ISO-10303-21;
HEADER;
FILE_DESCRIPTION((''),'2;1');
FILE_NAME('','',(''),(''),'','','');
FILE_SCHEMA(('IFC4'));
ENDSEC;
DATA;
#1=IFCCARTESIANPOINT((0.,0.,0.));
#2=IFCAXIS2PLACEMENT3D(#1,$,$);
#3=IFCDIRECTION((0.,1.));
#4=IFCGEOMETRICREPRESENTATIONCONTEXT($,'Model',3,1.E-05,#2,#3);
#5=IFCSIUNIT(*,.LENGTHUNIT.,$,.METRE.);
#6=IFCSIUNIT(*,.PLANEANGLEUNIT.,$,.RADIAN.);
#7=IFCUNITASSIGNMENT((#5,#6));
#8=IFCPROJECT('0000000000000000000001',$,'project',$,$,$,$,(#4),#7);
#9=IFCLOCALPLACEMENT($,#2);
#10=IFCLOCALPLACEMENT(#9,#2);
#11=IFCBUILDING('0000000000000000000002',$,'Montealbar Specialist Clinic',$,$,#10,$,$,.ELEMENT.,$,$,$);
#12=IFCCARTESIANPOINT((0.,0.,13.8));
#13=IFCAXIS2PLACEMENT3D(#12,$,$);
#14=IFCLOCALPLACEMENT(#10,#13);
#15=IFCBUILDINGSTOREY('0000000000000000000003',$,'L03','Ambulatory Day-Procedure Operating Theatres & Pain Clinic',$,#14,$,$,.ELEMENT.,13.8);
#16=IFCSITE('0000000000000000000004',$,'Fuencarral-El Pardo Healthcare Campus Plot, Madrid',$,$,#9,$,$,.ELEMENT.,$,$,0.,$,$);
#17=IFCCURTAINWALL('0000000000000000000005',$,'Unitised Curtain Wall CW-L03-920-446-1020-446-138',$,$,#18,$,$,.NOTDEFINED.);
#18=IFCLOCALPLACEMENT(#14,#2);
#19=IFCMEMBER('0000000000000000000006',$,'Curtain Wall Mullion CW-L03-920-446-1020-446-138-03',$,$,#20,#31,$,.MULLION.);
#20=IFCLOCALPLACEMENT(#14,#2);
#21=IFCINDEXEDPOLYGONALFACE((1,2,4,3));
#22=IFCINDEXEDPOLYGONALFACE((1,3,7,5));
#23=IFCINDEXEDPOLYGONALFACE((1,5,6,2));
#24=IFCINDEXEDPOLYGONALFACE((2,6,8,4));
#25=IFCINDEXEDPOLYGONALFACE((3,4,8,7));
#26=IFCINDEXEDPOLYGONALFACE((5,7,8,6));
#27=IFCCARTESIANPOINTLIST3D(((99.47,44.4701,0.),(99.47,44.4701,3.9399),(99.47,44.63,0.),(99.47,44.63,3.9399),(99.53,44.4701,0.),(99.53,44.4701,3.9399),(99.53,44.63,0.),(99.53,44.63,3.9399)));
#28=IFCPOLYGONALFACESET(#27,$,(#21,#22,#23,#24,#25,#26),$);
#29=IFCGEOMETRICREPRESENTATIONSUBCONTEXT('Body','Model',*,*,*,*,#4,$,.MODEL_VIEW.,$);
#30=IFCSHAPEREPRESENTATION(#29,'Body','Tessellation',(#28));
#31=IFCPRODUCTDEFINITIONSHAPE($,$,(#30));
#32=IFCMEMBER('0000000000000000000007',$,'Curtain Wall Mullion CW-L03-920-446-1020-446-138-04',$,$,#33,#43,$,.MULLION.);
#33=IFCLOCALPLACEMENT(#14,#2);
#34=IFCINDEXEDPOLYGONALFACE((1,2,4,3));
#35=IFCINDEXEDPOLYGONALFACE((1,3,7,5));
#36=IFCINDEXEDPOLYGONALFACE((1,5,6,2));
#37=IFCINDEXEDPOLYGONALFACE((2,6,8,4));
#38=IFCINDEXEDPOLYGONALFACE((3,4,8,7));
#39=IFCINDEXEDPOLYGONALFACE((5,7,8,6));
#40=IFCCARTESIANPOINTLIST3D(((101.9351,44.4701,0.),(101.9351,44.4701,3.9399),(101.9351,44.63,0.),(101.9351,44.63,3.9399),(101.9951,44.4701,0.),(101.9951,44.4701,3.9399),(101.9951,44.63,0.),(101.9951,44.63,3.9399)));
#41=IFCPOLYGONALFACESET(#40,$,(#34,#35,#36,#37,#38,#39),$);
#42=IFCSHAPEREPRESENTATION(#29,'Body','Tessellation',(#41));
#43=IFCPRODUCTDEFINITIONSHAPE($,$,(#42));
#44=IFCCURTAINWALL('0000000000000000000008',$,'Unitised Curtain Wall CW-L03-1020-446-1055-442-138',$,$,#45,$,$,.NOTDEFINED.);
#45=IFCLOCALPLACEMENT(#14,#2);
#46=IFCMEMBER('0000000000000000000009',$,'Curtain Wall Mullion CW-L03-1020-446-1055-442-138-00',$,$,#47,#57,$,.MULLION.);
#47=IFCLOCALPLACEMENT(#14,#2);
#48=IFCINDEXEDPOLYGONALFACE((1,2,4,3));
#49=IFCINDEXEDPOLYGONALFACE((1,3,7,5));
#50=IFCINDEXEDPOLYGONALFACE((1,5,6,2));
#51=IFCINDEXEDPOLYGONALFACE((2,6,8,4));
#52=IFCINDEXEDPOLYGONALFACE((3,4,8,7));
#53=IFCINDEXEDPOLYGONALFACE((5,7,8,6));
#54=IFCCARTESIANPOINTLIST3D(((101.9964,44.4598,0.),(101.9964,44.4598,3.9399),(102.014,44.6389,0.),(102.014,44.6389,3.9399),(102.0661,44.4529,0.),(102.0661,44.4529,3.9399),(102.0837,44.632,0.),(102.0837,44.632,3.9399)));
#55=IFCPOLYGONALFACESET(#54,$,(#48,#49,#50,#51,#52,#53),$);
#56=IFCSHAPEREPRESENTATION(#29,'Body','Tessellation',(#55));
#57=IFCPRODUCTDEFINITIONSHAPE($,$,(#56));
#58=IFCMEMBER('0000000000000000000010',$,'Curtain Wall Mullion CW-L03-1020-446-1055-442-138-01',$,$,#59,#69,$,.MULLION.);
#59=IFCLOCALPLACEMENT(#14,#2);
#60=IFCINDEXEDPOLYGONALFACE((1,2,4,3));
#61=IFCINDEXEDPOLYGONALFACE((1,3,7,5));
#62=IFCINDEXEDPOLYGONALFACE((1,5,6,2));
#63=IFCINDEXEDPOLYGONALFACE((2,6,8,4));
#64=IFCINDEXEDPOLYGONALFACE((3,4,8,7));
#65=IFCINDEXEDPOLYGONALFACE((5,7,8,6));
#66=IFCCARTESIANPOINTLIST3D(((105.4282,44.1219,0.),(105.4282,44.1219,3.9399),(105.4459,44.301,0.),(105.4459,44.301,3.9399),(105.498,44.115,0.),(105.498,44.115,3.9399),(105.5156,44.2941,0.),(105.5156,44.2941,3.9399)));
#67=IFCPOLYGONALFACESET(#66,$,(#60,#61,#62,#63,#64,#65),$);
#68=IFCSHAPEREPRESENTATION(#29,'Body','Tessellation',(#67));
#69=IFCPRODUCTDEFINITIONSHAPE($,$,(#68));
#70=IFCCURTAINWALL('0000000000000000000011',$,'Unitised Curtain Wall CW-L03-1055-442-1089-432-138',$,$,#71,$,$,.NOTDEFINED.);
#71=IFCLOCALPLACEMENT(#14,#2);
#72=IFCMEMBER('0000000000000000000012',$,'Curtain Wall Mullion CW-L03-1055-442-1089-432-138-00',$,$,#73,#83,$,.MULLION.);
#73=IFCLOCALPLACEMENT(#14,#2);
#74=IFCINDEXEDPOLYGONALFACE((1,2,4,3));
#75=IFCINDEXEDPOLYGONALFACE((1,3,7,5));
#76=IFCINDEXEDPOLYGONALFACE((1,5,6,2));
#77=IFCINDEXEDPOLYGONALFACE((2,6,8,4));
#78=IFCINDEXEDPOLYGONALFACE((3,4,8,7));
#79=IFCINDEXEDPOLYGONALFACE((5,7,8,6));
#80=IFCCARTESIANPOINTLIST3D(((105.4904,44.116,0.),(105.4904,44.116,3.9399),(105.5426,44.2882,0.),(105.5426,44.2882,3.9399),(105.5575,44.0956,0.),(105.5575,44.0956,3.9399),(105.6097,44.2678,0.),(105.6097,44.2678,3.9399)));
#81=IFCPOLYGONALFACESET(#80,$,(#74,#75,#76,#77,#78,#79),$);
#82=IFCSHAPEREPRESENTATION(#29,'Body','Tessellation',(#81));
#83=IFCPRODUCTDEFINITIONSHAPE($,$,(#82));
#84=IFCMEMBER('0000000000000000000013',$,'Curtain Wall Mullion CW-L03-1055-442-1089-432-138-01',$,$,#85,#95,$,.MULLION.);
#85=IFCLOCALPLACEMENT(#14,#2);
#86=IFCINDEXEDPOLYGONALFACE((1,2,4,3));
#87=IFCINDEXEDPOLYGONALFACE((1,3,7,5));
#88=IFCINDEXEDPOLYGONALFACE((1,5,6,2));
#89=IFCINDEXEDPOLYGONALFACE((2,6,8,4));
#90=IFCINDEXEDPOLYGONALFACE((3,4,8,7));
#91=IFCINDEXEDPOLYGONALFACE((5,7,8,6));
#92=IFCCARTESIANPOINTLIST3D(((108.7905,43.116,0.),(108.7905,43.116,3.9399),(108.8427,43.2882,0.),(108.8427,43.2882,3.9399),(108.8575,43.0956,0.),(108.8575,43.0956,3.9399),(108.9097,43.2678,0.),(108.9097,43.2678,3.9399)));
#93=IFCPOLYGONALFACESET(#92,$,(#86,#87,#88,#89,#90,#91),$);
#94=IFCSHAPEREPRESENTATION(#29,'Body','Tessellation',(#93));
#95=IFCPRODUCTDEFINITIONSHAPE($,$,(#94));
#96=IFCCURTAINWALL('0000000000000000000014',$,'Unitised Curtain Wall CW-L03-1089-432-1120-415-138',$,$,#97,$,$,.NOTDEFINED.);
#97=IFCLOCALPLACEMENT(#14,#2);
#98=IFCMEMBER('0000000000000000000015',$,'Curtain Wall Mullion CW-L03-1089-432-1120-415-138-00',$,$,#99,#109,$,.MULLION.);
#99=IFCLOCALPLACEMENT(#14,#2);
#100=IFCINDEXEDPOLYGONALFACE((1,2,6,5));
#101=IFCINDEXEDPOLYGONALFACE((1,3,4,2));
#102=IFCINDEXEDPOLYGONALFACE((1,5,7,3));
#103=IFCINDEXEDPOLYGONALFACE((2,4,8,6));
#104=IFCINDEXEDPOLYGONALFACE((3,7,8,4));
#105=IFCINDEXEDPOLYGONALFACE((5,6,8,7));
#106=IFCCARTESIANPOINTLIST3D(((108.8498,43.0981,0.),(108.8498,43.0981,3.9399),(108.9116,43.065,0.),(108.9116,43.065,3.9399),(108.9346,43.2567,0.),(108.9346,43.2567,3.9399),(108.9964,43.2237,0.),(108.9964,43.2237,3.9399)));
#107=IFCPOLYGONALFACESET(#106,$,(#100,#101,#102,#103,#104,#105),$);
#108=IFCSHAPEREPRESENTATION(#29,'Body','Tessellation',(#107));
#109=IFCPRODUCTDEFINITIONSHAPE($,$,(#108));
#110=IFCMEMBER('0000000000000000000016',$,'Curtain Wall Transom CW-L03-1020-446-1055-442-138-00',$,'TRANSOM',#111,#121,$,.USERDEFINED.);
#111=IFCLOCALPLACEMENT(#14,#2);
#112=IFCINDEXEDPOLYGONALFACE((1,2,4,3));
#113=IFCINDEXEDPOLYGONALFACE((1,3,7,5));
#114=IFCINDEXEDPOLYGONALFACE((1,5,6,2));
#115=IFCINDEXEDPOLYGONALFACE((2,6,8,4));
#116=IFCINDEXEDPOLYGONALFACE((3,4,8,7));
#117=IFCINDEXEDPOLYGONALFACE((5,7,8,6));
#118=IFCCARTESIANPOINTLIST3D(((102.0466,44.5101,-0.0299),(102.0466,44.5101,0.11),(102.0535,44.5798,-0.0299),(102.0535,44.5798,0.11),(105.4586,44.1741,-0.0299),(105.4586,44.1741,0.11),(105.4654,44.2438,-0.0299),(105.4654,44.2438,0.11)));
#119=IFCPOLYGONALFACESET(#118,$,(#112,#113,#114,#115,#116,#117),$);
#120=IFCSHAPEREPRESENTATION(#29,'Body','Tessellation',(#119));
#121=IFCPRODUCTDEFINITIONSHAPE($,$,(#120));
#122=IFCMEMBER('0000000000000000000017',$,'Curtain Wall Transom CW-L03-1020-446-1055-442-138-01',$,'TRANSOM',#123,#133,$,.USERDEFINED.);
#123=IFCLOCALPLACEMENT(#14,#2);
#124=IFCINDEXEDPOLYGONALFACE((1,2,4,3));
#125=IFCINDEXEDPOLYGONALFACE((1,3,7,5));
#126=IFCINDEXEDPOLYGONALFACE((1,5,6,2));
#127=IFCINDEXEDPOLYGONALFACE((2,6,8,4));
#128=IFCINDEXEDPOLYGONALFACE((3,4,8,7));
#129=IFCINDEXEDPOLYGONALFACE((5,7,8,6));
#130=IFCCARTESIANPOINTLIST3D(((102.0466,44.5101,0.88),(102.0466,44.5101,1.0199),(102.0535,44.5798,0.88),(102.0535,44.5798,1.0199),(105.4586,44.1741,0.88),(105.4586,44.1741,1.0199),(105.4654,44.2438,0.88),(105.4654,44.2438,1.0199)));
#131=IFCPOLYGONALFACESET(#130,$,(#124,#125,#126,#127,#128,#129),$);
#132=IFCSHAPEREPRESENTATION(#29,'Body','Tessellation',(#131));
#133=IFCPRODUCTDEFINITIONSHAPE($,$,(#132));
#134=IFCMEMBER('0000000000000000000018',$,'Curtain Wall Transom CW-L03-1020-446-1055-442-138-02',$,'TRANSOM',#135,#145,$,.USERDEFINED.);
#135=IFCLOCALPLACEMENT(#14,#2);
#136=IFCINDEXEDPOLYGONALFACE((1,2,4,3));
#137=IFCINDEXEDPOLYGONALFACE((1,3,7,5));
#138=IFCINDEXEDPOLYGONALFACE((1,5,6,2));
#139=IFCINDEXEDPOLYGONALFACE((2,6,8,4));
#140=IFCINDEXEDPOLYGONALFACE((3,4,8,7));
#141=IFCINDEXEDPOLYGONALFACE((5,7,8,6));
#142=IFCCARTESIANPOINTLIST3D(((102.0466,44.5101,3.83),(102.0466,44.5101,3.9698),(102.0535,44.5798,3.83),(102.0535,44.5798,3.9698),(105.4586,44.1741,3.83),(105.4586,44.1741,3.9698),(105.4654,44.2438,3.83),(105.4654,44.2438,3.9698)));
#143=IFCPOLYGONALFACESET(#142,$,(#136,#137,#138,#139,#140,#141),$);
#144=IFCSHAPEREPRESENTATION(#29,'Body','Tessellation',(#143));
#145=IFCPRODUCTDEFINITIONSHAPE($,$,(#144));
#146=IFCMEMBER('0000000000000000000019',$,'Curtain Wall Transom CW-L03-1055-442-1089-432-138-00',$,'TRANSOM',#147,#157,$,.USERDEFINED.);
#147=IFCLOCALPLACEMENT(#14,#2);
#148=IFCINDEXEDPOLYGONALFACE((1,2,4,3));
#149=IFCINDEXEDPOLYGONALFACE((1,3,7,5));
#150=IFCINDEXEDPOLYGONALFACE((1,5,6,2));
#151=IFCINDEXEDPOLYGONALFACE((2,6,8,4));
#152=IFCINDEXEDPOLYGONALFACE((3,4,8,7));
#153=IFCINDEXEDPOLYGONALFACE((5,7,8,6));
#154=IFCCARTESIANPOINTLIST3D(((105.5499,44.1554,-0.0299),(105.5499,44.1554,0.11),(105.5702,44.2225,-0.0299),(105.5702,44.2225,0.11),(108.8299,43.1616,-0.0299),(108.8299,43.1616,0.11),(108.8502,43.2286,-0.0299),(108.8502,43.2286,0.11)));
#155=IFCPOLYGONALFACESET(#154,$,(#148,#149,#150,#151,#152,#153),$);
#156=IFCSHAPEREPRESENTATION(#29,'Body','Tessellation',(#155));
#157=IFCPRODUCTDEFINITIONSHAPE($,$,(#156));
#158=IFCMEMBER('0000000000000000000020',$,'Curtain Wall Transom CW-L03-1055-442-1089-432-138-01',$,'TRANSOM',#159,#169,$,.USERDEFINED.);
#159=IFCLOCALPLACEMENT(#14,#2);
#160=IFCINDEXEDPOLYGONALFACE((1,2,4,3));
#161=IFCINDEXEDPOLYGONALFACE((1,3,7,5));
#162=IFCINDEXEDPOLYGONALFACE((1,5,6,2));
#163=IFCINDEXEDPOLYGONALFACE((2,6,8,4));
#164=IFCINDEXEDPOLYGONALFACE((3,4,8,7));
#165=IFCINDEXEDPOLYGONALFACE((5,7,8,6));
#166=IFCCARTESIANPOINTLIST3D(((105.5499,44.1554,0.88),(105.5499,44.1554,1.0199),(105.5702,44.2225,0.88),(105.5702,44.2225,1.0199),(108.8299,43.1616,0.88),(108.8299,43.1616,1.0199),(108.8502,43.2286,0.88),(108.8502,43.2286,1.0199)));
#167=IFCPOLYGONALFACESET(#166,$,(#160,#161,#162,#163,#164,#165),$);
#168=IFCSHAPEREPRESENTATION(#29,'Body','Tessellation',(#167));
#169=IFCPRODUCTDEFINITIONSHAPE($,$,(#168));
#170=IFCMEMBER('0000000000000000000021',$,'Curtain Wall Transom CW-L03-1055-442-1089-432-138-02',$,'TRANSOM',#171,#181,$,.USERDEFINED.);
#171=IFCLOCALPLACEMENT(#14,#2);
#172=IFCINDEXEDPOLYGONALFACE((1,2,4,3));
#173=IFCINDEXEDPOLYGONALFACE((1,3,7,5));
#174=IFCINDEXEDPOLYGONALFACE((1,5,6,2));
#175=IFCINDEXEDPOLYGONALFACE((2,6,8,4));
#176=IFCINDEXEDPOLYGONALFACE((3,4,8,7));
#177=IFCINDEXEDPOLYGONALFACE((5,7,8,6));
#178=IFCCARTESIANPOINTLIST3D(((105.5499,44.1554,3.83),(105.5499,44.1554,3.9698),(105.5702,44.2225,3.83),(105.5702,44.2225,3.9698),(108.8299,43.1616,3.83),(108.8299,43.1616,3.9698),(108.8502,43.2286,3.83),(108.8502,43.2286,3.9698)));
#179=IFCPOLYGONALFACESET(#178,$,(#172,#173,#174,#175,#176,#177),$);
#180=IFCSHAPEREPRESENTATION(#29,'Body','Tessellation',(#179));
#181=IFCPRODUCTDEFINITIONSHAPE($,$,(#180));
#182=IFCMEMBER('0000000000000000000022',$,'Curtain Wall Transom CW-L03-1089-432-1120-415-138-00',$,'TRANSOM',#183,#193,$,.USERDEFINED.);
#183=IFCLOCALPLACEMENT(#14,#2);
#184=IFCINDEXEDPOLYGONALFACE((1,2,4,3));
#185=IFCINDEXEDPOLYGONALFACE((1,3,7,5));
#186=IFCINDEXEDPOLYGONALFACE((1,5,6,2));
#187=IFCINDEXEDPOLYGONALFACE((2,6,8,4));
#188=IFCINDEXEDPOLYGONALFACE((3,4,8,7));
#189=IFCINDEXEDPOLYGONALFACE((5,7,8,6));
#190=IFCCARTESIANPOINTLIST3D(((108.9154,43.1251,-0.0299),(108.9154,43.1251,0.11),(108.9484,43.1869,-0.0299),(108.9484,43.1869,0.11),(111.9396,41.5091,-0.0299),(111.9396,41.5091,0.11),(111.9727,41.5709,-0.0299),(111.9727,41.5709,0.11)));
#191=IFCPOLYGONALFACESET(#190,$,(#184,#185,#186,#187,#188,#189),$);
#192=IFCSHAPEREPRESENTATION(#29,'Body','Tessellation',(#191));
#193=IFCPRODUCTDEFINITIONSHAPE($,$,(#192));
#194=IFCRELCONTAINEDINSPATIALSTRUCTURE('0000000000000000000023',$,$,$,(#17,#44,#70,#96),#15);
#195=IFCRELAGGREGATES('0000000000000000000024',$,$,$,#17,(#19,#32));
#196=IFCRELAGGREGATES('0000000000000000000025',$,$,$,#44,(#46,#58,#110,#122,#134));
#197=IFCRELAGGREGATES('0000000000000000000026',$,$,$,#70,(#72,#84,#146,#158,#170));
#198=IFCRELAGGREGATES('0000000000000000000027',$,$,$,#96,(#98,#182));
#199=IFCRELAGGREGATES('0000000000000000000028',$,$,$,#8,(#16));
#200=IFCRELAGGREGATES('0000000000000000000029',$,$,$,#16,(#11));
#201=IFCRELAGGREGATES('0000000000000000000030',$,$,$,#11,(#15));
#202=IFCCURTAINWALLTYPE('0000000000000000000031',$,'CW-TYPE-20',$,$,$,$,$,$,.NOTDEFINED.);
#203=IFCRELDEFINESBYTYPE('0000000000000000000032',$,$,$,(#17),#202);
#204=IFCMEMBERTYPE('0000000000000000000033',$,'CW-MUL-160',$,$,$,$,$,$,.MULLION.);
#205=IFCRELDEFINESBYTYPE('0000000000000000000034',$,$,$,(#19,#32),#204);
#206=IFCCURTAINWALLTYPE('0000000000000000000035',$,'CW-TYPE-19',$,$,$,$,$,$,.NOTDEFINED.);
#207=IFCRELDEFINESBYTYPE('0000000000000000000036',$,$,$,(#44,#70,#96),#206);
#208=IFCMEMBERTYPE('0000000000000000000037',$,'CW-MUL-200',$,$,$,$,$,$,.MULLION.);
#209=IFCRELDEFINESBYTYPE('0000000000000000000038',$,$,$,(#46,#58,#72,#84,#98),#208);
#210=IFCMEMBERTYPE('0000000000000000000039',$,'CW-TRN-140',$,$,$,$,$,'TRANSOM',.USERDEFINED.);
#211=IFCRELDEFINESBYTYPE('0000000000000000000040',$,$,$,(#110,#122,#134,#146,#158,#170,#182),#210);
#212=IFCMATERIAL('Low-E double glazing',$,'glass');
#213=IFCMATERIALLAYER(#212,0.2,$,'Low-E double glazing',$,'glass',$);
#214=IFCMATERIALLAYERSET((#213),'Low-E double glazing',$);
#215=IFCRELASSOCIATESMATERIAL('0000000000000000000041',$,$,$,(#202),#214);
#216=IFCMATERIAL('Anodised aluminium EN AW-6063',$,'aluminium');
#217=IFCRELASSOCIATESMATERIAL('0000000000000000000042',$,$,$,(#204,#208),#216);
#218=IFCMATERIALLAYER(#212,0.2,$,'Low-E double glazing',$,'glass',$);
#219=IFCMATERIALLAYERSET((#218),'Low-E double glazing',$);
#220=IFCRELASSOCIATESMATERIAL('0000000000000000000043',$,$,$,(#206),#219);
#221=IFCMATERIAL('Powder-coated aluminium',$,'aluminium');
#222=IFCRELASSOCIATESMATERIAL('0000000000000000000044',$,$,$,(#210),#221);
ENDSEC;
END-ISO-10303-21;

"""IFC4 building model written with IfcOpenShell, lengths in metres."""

from ifc_helpers import new_model, si_unit, direction, frame, origin, origin_2d, place, context, subcontext, project, spatial, rectangle, extrude, material, layer, layer_set, material_profile, profile_set, type_object, element, aggregate, save


model = new_model("IFC4")

# Units and contexts
model_context = context("Model", 3, precision=1e-05, world=origin(), true_north=direction((0.0, 1.0)))
body_context = subcontext(model_context, "Body", "Model", "MODEL_VIEW")
ifc_project = project(units=[si_unit("LENGTHUNIT", "METRE"), si_unit("PLANEANGLEUNIT", "RADIAN")], contexts=[model_context])

# Site, building, storey
site_placement = place(None, origin())
site = spatial("IfcSite", under=ifc_project, at=site_placement, Name="Fuencarral-El Pardo Healthcare Campus Plot, Madrid", CompositionType="ELEMENT", RefElevation=0.0)
building_placement = place(site_placement, origin())
building = spatial("IfcBuilding", under=site, at=building_placement, Name="Montealbar Specialist Clinic", CompositionType="ELEMENT")
storey_placement = place(building_placement, frame((0.0, 0.0, 13.8)))
storey = spatial("IfcBuildingStorey", under=building, at=storey_placement, Name="L03", Description="Ambulatory Day-Procedure Operating Theatres & Pain Clinic", CompositionType="ELEMENT", Elevation=13.8)

# Curtain walls, members
ifc_material_1 = material(Name="Low-E double glazing", Category="glass")
ifc_layer_1 = layer(ifc_material_1, 0.2, Name="Low-E double glazing", Category="glass")
ifc_layer_set_1 = layer_set([ifc_layer_1], Name="Low-E double glazing")
curtain_wall_type_1 = type_object("IfcCurtainWallType", Name="CW-TYPE-20", PredefinedType="NOTDEFINED", material=ifc_layer_set_1)
curtain_wall_1_placement = place(storey_placement, origin())
curtain_wall_1 = element("IfcCurtainWall", 1, at=curtain_wall_1_placement, inside=storey, type_object=curtain_wall_type_1, Name="Unitised Curtain Wall CW-L03-920-446-1020-446-138", PredefinedType="NOTDEFINED")
ifc_material_2 = material(Name="Anodised aluminium EN AW-6063", Category="aluminium")
ifc_material_profile_1 = material_profile(ifc_material_2, rectangle(XDim=0.0601, YDim=0.1599, at=origin_2d()), Name="ALU 60x160", Category="aluminium")
ifc_profile_set_1 = profile_set([ifc_material_profile_1], Name="Anodised aluminium EN AW-6063")
member_type_1 = type_object("IfcMemberType", Name="CW-MUL-160", PredefinedType="MULLION", material=ifc_profile_set_1)
member_1_placement = place(storey_placement, frame((99.5, 44.55, 0.0), z_axis=(0.0, 0.0, 1.0), x_axis=(1.0, 0.0, 0.0)))
member_1 = element("IfcMember", 2, at=member_1_placement, type_object=member_type_1, Name="Curtain Wall Mullion CW-L03-920-446-1020-446-138-03", PredefinedType="MULLION", context=body_context, shape_type="SweptSolid", body=[
    extrude(rectangle(XDim=0.0601, YDim=0.1599, at=origin_2d()), origin(), (0.0, 0.0, 1.0), 3.9399),
])
member_2_placement = place(storey_placement, frame((101.9651, 44.55, 0.0), z_axis=(0.0, 0.0, 1.0), x_axis=(1.0, 0.0, 0.0)))
member_2 = element("IfcMember", 3, at=member_2_placement, type_object=member_type_1, Name="Curtain Wall Mullion CW-L03-920-446-1020-446-138-04", PredefinedType="MULLION", context=body_context, shape_type="SweptSolid", body=[
    extrude(rectangle(XDim=0.0601, YDim=0.1599, at=origin_2d()), origin(), (0.0, 0.0, 1.0), 3.9399),
])
ifc_layer_2 = layer(ifc_material_1, 0.2, Name="Low-E double glazing", Category="glass")
ifc_layer_set_2 = layer_set([ifc_layer_2], Name="Low-E double glazing")
curtain_wall_type_2 = type_object("IfcCurtainWallType", Name="CW-TYPE-19", PredefinedType="NOTDEFINED", material=ifc_layer_set_2)
curtain_wall_2_placement = place(storey_placement, origin())
curtain_wall_2 = element("IfcCurtainWall", 4, at=curtain_wall_2_placement, inside=storey, type_object=curtain_wall_type_2, Name="Unitised Curtain Wall CW-L03-1020-446-1055-442-138", PredefinedType="NOTDEFINED")
ifc_material_profile_2 = material_profile(ifc_material_2, rectangle(XDim=0.0701, YDim=0.1799, at=origin_2d()), Name="ALU 70x180", Category="aluminium")
ifc_profile_set_2 = profile_set([ifc_material_profile_2], Name="Anodised aluminium EN AW-6063")
member_type_2 = type_object("IfcMemberType", Name="CW-MUL-200", PredefinedType="MULLION", material=ifc_profile_set_2)
member_3_placement = place(storey_placement, frame((102.04, 44.5459, 0.0), z_axis=(0.0, 0.0, 1.0), x_axis=(0.995182, -0.098045, 0.0)))
member_3 = element("IfcMember", 5, at=member_3_placement, type_object=member_type_2, Name="Curtain Wall Mullion CW-L03-1020-446-1055-442-138-00", PredefinedType="MULLION", context=body_context, shape_type="SweptSolid", body=[
    extrude(rectangle(XDim=0.0701, YDim=0.1799, at=origin_2d()), origin(), (0.0, 0.0, 1.0), 3.9399),
])
member_4_placement = place(storey_placement, frame((105.4719, 44.208, 0.0), z_axis=(0.0, 0.0, 1.0), x_axis=(0.995182, -0.098045, 0.0)))
member_4 = element("IfcMember", 6, at=member_4_placement, type_object=member_type_2, Name="Curtain Wall Mullion CW-L03-1020-446-1055-442-138-01", PredefinedType="MULLION", context=body_context, shape_type="SweptSolid", body=[
    extrude(rectangle(XDim=0.0701, YDim=0.1799, at=origin_2d()), origin(), (0.0, 0.0, 1.0), 3.9399),
])
curtain_wall_3_placement = place(storey_placement, origin())
curtain_wall_3 = element("IfcCurtainWall", 7, at=curtain_wall_3_placement, inside=storey, type_object=curtain_wall_type_2, Name="Unitised Curtain Wall CW-L03-1055-442-1089-432-138", PredefinedType="NOTDEFINED")
member_5_placement = place(storey_placement, frame((105.55, 44.1919, 0.0), z_axis=(0.0, 0.0, 1.0), x_axis=(0.956948, -0.290259, 0.0)))
member_5 = element("IfcMember", 8, at=member_5_placement, type_object=member_type_2, Name="Curtain Wall Mullion CW-L03-1055-442-1089-432-138-00", PredefinedType="MULLION", context=body_context, shape_type="SweptSolid", body=[
    extrude(rectangle(XDim=0.0701, YDim=0.1799, at=origin_2d()), origin(), (0.0, 0.0, 1.0), 3.9399),
])
member_6_placement = place(storey_placement, frame((108.8501, 43.1919, 0.0), z_axis=(0.0, 0.0, 1.0), x_axis=(0.956948, -0.290259, 0.0)))
member_6 = element("IfcMember", 9, at=member_6_placement, type_object=member_type_2, Name="Curtain Wall Mullion CW-L03-1055-442-1089-432-138-01", PredefinedType="MULLION", context=body_context, shape_type="SweptSolid", body=[
    extrude(rectangle(XDim=0.0701, YDim=0.1799, at=origin_2d()), origin(), (0.0, 0.0, 1.0), 3.9399),
])

# Curtain wall, member
curtain_wall_4_placement = place(storey_placement, origin())
curtain_wall_4 = element("IfcCurtainWall", 10, at=curtain_wall_4_placement, inside=storey, type_object=curtain_wall_type_2, Name="Unitised Curtain Wall CW-L03-1089-432-1120-415-138", PredefinedType="NOTDEFINED")
member_7_placement = place(storey_placement, frame((108.9231, 43.1609, 0.0), z_axis=(0.0, 0.0, 1.0), x_axis=(0.88185, -0.471529, 0.0)))
member_7 = element("IfcMember", 11, at=member_7_placement, type_object=member_type_2, Name="Curtain Wall Mullion CW-L03-1089-432-1120-415-138-00", PredefinedType="MULLION", context=body_context, shape_type="SweptSolid", body=[
    extrude(rectangle(XDim=0.0701, YDim=0.1799, at=origin_2d()), origin(), (0.0, 0.0, 1.0), 3.9399),
])

# Members
ifc_material_3 = material(Name="Powder-coated aluminium", Category="aluminium")
ifc_material_profile_3 = material_profile(ifc_material_3, rectangle(XDim=0.0701, YDim=0.1399, at=origin_2d()), Name="ALU 70x140", Category="aluminium")
ifc_profile_set_3 = profile_set([ifc_material_profile_3], Name="Powder-coated aluminium")
member_type_3 = type_object("IfcMemberType", Name="CW-TRN-140", ElementType="TRANSOM", PredefinedType="USERDEFINED", material=ifc_profile_set_3)
member_8_placement = place(storey_placement, frame((102.05, 44.5449, 0.04), z_axis=(0.995188, -0.097988, 0.0), x_axis=(0.097988, 0.995188, 0.0)))
member_8 = element("IfcMember", 12, at=member_8_placement, type_object=member_type_3, Name="Curtain Wall Transom CW-L03-1020-446-1055-442-138-00", ObjectType="TRANSOM", PredefinedType="USERDEFINED", context=body_context, shape_type="SweptSolid", body=[
    extrude(rectangle(XDim=0.0701, YDim=0.1399, at=origin_2d()), origin(), (0.0, 0.0, 1.0), 3.4285),
])
member_9_placement = place(storey_placement, frame((102.05, 44.5449, 0.95), z_axis=(0.995188, -0.097988, 0.0), x_axis=(0.097988, 0.995188, 0.0)))
member_9 = element("IfcMember", 13, at=member_9_placement, type_object=member_type_3, Name="Curtain Wall Transom CW-L03-1020-446-1055-442-138-01", ObjectType="TRANSOM", PredefinedType="USERDEFINED", context=body_context, shape_type="SweptSolid", body=[
    extrude(rectangle(XDim=0.0701, YDim=0.1399, at=origin_2d()), origin(), (0.0, 0.0, 1.0), 3.4285),
])
member_10_placement = place(storey_placement, frame((102.05, 44.5449, 3.8999), z_axis=(0.995188, -0.097988, 0.0), x_axis=(0.097988, 0.995188, 0.0)))
member_10 = element("IfcMember", 14, at=member_10_placement, type_object=member_type_3, Name="Curtain Wall Transom CW-L03-1020-446-1055-442-138-02", ObjectType="TRANSOM", PredefinedType="USERDEFINED", context=body_context, shape_type="SweptSolid", body=[
    extrude(rectangle(XDim=0.0701, YDim=0.1399, at=origin_2d()), origin(), (0.0, 0.0, 1.0), 3.4285),
])
member_11_placement = place(storey_placement, frame((105.5601, 44.189, 0.04), z_axis=(0.957029, -0.289994, 0.0), x_axis=(0.289994, 0.957029, 0.0)))
member_11 = element("IfcMember", 15, at=member_11_placement, type_object=member_type_3, Name="Curtain Wall Transom CW-L03-1055-442-1089-432-138-00", ObjectType="TRANSOM", PredefinedType="USERDEFINED", context=body_context, shape_type="SweptSolid", body=[
    extrude(rectangle(XDim=0.0701, YDim=0.1399, at=origin_2d()), origin(), (0.0, 0.0, 1.0), 3.4272),
])
member_12_placement = place(storey_placement, frame((105.5601, 44.189, 0.95), z_axis=(0.957029, -0.289994, 0.0), x_axis=(0.289994, 0.957029, 0.0)))
member_12 = element("IfcMember", 16, at=member_12_placement, type_object=member_type_3, Name="Curtain Wall Transom CW-L03-1055-442-1089-432-138-01", ObjectType="TRANSOM", PredefinedType="USERDEFINED", context=body_context, shape_type="SweptSolid", body=[
    extrude(rectangle(XDim=0.0701, YDim=0.1399, at=origin_2d()), origin(), (0.0, 0.0, 1.0), 3.4272),
])
member_13_placement = place(storey_placement, frame((105.5601, 44.189, 3.8999), z_axis=(0.957029, -0.289994, 0.0), x_axis=(0.289994, 0.957029, 0.0)))
member_13 = element("IfcMember", 17, at=member_13_placement, type_object=member_type_3, Name="Curtain Wall Transom CW-L03-1055-442-1089-432-138-02", ObjectType="TRANSOM", PredefinedType="USERDEFINED", context=body_context, shape_type="SweptSolid", body=[
    extrude(rectangle(XDim=0.0701, YDim=0.1399, at=origin_2d()), origin(), (0.0, 0.0, 1.0), 3.4272),
])
member_14_placement = place(storey_placement, frame((108.9319, 43.156, 0.04), z_axis=(0.88198, -0.471287, 0.0), x_axis=(0.471287, 0.88198, 0.0)))
member_14 = element("IfcMember", 18, at=member_14_placement, type_object=member_type_3, Name="Curtain Wall Transom CW-L03-1089-432-1120-415-138-00", ObjectType="TRANSOM", PredefinedType="USERDEFINED", context=body_context, shape_type="SweptSolid", body=[
    extrude(rectangle(XDim=0.0701, YDim=0.1399, at=origin_2d()), origin(), (0.0, 0.0, 1.0), 3.429),
])

aggregate(curtain_wall_1, [member_1, member_2])
aggregate(curtain_wall_2, [member_3, member_4, member_8, member_9, member_10])
aggregate(curtain_wall_3, [member_5, member_6, member_11, member_12, member_13])
aggregate(curtain_wall_4, [member_7, member_14])

save(model, "model.ifc")
